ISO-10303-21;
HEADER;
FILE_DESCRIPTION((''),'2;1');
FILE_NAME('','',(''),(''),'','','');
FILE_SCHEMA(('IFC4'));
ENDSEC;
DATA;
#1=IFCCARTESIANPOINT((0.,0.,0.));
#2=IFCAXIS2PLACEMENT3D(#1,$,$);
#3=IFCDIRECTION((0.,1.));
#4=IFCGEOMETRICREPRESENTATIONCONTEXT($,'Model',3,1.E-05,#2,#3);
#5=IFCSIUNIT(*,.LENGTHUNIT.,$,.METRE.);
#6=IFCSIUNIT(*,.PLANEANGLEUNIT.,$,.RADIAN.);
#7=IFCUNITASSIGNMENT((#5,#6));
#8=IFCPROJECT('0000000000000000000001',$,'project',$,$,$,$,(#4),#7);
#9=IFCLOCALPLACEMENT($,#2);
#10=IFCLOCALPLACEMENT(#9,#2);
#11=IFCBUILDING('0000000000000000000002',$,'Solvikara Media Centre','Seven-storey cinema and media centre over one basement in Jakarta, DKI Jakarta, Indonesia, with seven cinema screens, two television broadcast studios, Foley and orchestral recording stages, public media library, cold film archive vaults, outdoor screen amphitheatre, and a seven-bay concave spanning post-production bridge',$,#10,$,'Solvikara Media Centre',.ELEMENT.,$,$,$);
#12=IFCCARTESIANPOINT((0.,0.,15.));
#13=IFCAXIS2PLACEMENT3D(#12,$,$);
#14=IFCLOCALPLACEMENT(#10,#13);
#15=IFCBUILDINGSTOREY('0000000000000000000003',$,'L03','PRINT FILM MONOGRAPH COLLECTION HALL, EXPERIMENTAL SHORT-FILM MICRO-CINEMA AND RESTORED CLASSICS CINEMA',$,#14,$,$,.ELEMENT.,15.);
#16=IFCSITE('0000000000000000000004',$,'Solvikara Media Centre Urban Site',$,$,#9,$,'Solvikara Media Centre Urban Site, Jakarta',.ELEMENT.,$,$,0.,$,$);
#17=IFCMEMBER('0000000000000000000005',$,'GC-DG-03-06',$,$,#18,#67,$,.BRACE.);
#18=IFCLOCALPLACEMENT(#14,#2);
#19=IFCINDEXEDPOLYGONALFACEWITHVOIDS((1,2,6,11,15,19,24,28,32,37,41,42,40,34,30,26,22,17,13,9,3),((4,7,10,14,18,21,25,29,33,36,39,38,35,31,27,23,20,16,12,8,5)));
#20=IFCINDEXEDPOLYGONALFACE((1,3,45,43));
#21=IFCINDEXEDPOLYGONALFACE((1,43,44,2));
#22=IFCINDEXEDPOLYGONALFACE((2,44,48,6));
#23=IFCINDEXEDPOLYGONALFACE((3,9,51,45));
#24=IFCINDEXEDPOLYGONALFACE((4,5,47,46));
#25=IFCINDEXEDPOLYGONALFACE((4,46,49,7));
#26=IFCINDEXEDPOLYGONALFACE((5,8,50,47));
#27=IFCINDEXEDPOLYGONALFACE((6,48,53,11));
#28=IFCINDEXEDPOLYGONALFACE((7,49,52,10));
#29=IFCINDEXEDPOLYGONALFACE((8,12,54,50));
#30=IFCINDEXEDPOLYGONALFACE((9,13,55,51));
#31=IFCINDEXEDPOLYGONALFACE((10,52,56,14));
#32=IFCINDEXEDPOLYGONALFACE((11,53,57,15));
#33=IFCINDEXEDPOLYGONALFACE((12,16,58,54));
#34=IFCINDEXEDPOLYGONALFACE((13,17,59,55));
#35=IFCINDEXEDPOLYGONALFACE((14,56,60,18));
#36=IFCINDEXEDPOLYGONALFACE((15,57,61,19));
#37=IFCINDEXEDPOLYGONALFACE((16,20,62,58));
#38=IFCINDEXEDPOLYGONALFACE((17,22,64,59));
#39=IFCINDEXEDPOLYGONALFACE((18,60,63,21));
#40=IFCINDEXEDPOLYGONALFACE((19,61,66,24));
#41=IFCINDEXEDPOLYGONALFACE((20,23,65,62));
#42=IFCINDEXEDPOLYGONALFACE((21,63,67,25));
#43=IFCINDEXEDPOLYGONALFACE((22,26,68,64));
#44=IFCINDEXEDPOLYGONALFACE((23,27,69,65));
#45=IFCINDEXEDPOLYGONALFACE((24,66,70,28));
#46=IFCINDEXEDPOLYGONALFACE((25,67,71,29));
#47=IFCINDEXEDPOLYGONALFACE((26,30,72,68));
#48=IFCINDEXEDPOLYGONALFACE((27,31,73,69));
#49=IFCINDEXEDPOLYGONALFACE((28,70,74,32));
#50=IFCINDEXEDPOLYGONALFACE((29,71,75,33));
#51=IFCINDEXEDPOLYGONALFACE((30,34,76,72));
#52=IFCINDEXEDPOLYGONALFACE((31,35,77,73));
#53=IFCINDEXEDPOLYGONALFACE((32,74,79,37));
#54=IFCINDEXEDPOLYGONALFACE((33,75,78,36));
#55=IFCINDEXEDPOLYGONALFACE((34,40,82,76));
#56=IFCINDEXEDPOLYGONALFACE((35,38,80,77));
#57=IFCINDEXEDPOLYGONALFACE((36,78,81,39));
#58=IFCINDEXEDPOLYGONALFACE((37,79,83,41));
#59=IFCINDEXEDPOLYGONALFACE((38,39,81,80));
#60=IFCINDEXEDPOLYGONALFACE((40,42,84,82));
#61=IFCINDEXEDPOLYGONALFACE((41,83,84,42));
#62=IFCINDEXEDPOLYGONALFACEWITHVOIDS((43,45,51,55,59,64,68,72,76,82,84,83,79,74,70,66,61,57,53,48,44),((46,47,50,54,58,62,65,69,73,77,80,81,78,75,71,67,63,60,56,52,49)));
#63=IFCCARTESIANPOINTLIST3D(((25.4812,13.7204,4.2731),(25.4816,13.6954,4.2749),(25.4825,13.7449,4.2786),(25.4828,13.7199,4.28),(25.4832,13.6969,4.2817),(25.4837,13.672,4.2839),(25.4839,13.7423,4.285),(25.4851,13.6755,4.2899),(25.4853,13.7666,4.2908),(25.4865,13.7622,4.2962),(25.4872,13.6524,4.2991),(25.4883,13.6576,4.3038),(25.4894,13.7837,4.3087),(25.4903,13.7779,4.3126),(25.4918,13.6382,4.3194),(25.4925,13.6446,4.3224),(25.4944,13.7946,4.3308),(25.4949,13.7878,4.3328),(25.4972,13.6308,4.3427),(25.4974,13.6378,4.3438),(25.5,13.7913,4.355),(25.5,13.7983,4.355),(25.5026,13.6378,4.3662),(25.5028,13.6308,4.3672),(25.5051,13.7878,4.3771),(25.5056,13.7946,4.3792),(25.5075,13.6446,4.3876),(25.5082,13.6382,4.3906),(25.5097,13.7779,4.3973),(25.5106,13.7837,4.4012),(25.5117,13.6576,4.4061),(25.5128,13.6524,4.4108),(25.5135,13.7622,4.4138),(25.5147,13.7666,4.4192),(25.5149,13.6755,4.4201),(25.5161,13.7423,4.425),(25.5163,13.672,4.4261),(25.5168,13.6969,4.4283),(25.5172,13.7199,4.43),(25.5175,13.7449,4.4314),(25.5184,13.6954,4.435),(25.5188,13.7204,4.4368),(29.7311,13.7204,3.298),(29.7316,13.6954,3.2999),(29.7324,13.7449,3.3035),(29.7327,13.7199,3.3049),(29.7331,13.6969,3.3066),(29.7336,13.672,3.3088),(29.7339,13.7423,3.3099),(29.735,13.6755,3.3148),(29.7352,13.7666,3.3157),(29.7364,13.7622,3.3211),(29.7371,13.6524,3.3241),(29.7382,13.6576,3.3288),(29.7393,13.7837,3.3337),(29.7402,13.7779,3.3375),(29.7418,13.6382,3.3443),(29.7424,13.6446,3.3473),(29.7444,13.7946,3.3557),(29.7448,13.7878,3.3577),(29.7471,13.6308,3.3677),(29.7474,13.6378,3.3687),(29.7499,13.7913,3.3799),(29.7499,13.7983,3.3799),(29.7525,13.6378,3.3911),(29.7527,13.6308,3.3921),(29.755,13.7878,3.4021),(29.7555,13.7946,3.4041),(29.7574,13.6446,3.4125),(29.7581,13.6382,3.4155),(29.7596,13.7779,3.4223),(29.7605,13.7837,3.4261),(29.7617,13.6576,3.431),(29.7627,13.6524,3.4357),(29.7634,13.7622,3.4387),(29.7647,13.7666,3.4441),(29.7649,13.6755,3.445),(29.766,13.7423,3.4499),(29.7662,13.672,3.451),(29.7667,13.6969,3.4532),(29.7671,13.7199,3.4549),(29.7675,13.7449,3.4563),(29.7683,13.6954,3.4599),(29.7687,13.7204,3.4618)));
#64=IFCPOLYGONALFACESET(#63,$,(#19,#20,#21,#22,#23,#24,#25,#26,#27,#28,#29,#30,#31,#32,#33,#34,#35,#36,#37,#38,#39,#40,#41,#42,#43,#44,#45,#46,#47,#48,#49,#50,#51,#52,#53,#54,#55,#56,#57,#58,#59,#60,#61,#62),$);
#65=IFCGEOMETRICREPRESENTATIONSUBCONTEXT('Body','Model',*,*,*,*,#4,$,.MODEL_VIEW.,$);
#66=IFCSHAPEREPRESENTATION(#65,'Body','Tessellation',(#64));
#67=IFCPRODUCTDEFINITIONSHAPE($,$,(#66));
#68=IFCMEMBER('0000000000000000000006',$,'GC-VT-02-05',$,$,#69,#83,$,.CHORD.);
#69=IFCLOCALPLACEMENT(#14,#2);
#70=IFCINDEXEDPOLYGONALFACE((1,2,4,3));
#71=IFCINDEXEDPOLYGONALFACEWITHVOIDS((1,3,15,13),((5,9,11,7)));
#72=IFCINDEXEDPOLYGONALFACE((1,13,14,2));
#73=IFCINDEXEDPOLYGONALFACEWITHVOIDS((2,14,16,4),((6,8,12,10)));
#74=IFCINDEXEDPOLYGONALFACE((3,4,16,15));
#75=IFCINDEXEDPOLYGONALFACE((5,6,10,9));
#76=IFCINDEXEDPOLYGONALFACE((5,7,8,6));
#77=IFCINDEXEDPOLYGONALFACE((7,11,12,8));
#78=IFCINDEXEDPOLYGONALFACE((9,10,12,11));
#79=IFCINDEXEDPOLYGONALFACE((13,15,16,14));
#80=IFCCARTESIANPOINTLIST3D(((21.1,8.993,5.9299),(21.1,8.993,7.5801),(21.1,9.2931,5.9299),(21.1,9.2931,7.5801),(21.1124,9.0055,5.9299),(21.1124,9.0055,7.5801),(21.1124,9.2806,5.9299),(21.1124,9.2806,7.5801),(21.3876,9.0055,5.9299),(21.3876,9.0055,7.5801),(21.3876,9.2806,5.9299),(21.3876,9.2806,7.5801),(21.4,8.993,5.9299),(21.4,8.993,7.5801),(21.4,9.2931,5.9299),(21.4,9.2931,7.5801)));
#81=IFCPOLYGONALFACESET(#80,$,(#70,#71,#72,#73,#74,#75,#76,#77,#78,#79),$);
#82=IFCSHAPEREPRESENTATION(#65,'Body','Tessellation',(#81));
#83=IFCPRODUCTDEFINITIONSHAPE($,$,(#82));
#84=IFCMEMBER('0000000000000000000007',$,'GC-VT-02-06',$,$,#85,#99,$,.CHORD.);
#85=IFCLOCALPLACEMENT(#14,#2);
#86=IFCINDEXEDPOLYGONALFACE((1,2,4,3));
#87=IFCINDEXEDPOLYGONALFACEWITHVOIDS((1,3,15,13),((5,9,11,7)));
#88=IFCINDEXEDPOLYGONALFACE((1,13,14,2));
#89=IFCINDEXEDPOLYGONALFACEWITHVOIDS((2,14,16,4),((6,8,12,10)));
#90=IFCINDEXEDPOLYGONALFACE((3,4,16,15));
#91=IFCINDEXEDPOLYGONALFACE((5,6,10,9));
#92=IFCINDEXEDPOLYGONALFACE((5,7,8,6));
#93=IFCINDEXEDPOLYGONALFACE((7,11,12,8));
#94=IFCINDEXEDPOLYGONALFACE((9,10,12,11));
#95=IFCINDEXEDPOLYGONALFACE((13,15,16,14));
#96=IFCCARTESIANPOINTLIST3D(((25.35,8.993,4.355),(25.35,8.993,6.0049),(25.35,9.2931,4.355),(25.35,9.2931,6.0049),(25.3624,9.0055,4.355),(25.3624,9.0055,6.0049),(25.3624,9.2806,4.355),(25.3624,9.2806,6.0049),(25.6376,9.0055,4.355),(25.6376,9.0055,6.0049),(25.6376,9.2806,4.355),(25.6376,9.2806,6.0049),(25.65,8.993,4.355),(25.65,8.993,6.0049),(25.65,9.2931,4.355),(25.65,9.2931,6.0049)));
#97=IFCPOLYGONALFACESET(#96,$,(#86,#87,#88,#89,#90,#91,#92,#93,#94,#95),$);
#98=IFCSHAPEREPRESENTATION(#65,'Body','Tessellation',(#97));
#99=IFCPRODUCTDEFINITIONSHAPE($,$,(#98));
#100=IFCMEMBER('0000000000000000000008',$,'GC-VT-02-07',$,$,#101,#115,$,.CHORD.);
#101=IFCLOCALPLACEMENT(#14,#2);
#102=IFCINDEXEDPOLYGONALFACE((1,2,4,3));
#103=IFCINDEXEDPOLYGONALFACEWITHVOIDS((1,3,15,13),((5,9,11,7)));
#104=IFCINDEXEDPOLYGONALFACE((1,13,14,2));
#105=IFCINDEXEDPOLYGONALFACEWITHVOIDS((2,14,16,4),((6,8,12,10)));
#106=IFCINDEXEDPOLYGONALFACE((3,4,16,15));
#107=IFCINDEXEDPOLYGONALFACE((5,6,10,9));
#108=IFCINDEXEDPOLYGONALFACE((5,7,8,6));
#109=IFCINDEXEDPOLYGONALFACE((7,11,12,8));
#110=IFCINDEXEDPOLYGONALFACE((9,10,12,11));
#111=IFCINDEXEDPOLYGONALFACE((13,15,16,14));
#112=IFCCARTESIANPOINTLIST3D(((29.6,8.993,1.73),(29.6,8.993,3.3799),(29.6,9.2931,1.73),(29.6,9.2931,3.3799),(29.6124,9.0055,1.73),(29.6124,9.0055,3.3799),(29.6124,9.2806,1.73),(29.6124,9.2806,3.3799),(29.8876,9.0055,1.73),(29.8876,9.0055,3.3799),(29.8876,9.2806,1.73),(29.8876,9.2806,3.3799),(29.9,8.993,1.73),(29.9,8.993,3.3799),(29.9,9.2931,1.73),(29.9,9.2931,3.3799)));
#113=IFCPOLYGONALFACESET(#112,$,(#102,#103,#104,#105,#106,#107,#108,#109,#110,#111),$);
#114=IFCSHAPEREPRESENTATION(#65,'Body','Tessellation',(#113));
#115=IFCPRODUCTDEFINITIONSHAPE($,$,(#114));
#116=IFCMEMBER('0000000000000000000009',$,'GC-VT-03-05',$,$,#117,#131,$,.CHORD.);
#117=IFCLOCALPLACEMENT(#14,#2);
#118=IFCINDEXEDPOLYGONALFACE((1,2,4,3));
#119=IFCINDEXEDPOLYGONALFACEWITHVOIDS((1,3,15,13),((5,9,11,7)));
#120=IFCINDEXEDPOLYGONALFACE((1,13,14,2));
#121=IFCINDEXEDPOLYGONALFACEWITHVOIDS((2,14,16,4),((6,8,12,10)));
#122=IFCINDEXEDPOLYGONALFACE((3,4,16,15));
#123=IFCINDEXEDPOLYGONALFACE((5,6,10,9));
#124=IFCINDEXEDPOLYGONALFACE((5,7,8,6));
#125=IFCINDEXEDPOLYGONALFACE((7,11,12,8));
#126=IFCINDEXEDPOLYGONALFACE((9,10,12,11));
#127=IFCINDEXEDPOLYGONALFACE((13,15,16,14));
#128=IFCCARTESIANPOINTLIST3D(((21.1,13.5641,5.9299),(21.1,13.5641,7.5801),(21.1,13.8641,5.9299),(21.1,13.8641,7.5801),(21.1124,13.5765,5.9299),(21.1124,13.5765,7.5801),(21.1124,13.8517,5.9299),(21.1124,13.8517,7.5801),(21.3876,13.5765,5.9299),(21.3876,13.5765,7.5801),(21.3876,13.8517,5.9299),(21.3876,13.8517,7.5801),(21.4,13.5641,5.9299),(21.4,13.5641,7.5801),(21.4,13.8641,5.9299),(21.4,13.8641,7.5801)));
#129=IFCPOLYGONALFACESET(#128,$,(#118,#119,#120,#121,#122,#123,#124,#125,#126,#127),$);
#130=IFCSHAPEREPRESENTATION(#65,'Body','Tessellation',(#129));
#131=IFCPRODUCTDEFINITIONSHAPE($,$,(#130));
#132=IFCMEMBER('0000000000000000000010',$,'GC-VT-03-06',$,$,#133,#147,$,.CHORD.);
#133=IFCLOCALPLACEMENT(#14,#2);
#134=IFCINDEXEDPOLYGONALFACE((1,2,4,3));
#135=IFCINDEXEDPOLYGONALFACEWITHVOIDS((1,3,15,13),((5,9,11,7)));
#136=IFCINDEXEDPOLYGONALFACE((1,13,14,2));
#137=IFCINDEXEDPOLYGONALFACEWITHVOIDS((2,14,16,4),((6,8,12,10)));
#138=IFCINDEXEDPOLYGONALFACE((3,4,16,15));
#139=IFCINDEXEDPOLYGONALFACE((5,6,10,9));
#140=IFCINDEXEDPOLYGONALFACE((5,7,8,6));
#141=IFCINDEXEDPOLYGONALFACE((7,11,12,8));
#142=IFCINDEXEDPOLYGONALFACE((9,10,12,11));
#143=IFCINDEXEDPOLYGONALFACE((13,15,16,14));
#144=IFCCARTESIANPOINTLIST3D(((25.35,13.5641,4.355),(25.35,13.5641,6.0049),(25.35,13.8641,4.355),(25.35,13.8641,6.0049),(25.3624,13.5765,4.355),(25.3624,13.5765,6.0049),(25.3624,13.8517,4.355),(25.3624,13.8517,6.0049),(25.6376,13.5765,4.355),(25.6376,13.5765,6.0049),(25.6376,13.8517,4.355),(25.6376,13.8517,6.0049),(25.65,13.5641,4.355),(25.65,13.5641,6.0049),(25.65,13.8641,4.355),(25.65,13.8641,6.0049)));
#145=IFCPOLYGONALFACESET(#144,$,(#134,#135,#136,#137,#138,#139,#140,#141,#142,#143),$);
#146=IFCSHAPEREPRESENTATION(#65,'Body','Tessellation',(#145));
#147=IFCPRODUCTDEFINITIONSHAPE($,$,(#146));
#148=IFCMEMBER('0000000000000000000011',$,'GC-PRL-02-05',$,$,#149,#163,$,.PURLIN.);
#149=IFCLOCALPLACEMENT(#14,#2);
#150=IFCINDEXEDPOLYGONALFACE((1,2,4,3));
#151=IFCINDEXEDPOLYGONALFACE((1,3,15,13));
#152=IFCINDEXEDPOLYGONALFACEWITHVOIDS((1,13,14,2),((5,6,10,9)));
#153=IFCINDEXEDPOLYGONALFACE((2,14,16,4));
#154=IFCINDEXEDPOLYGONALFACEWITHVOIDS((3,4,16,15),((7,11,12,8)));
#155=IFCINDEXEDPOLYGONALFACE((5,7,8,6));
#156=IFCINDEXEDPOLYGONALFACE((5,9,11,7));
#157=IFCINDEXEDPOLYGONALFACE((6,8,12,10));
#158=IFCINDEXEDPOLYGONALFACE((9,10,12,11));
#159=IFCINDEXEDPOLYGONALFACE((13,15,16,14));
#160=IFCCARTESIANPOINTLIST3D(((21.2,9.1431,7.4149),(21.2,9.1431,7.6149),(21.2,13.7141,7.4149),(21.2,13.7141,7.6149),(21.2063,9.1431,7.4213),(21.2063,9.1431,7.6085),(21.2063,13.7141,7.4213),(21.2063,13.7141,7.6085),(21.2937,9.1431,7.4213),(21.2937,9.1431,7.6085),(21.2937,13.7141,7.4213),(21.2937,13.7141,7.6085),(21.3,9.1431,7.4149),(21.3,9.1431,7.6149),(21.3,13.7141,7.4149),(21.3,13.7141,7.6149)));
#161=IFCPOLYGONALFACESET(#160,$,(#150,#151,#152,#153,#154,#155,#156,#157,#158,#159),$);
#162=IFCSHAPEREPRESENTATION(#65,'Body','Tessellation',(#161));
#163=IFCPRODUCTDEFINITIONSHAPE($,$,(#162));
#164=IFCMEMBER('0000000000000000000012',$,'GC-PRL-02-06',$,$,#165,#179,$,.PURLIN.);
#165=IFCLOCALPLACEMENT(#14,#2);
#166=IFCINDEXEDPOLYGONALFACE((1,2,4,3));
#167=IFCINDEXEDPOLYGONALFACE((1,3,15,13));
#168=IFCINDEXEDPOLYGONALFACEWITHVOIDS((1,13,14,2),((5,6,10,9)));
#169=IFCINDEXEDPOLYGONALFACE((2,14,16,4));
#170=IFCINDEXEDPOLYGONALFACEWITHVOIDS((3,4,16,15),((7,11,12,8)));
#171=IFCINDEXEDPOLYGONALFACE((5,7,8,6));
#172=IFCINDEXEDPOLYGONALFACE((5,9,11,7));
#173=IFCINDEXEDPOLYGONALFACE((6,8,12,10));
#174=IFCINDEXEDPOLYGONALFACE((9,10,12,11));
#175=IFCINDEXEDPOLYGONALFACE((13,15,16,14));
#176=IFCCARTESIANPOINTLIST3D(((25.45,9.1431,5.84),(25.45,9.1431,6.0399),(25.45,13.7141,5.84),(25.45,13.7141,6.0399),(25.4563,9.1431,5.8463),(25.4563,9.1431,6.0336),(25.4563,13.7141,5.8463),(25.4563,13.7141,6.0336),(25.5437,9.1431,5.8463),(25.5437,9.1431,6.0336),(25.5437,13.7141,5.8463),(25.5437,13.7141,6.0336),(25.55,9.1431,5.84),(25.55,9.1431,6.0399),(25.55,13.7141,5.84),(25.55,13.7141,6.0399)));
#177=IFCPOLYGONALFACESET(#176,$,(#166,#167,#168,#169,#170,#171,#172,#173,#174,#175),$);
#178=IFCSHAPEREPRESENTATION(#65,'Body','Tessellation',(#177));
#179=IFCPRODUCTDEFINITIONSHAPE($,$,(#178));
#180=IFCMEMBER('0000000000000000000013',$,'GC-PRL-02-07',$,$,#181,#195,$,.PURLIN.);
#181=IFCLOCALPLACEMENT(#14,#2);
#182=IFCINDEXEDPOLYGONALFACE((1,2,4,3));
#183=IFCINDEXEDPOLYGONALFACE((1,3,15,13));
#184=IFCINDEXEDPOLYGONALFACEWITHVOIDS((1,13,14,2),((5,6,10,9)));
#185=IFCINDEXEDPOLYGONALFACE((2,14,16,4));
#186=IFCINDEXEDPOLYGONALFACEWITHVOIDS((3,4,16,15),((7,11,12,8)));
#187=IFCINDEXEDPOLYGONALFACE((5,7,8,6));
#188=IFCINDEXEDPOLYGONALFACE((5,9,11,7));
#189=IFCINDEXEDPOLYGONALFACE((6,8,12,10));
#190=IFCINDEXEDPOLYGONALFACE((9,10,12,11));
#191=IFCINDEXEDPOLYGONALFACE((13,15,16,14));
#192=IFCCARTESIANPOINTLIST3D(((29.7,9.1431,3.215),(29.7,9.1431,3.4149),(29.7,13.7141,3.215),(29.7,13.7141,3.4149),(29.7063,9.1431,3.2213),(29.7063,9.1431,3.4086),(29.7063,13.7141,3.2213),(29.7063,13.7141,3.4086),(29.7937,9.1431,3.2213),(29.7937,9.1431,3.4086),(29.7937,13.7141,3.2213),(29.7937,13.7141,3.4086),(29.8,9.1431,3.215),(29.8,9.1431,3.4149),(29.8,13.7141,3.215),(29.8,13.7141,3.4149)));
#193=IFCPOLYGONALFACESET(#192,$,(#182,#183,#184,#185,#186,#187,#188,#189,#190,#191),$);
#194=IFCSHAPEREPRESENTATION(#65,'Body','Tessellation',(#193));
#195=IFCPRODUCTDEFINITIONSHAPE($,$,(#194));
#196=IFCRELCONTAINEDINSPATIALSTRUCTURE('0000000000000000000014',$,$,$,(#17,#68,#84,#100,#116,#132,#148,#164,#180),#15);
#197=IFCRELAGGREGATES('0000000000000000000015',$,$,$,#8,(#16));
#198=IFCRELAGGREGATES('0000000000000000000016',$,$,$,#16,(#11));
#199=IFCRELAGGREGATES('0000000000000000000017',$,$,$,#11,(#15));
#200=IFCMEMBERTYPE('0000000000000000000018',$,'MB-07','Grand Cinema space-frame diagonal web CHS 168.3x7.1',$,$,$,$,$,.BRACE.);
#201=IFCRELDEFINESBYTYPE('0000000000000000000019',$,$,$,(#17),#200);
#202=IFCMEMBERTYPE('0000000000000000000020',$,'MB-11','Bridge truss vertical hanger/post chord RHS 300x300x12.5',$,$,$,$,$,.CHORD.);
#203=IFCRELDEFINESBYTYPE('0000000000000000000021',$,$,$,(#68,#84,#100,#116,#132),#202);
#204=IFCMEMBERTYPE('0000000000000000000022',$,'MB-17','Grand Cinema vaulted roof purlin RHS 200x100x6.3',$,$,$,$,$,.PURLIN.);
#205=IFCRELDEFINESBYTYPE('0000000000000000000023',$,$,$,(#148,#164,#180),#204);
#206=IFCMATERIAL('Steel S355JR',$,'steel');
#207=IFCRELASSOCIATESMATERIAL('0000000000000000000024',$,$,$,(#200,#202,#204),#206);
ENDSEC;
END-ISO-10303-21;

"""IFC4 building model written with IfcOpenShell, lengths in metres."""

from ifc_helpers import new_model, si_unit, direction, frame, origin, origin_2d, place, context, subcontext, project, spatial, hollow_rectangle, hollow_circle, extrude, material, material_profile, profile_set, type_object, element, save


model = new_model("IFC4")

# Units and contexts
model_context = context("Model", 3, precision=1e-05, world=origin(), true_north=direction((0.0, 1.0)))
body_context = subcontext(model_context, "Body", "Model", "MODEL_VIEW")
ifc_project = project(units=[si_unit("LENGTHUNIT", "METRE"), si_unit("PLANEANGLEUNIT", "RADIAN")], contexts=[model_context])

# Site, building, storey
site_placement = place(None, origin())
site = spatial("IfcSite", under=ifc_project, at=site_placement, Name="Solvikara Media Centre Urban Site", LongName="Solvikara Media Centre Urban Site, Jakarta", CompositionType="ELEMENT", RefElevation=0.0)
building_placement = place(site_placement, origin())
building = spatial("IfcBuilding", under=site, at=building_placement, Name="Solvikara Media Centre", Description="Seven-storey cinema and media centre over one basement in Jakarta, DKI Jakarta, Indonesia, with seven cinema screens, two television broadcast studios, Foley and orchestral recording stages, public media library, cold film archive vaults, outdoor screen amphitheatre, and a seven-bay concave spanning post-production bridge", LongName="Solvikara Media Centre", CompositionType="ELEMENT")
storey_placement = place(building_placement, frame((0.0, 0.0, 15.0)))
storey = spatial("IfcBuildingStorey", under=building, at=storey_placement, Name="L03", Description="PRINT FILM MONOGRAPH COLLECTION HALL, EXPERIMENTAL SHORT-FILM MICRO-CINEMA AND RESTORED CLASSICS CINEMA", CompositionType="ELEMENT", Elevation=15.0)

# Members
ifc_material_1 = material(Name="Steel S355JR", Category="steel")
ifc_material_profile_1 = material_profile(ifc_material_1, hollow_circle(Radius=0.0842, WallThickness=0.0071, at=origin_2d()), Name="CHS 168.3x7.1")
ifc_profile_set_1 = profile_set([ifc_material_profile_1], Name="Steel S355JR")
member_type_1 = type_object("IfcMemberType", Name="MB-07", Description="Grand Cinema space-frame diagonal web CHS 168.3x7.1", PredefinedType="BRACE", material=ifc_profile_set_1)
member_1_placement = place(storey_placement, frame((25.5, 13.7141, 4.355), z_axis=(0.974675, 0.0, -0.223624), x_axis=(0.0, 1.0, 0.0)))
element("IfcMember", 1, at=member_1_placement, inside=storey, type_object=member_type_1, Name="GC-DG-03-06", PredefinedType="BRACE", context=body_context, shape_type="SweptSolid", body=[
    extrude(hollow_circle(Radius=0.0842, WallThickness=0.0071, at=origin_2d()), origin(), (0.0, 0.0, 1.0), 4.3604),
])
ifc_material_profile_2 = material_profile(ifc_material_1, hollow_rectangle(XDim=0.3, YDim=0.3, WallThickness=0.0125, at=origin_2d()), Name="RHS 300x300x12.5")
ifc_profile_set_2 = profile_set([ifc_material_profile_2], Name="Steel S355JR")
member_type_2 = type_object("IfcMemberType", Name="MB-11", Description="Bridge truss vertical hanger/post chord RHS 300x300x12.5", PredefinedType="CHORD", material=ifc_profile_set_2)
member_2_placement = place(storey_placement, frame((21.25, 9.1431, 5.9299), z_axis=(0.0, 0.0, 1.0), x_axis=(1.0, 0.0, 0.0)))
element("IfcMember", 2, at=member_2_placement, inside=storey, type_object=member_type_2, Name="GC-VT-02-05", PredefinedType="CHORD", context=body_context, shape_type="SweptSolid", body=[
    extrude(hollow_rectangle(XDim=0.3, YDim=0.3, WallThickness=0.0125, at=origin_2d()), origin(), (0.0, 0.0, 1.0), 1.6501),
])
for number, where, z_axis, x_axis, name in (
    (3, (25.5, 9.1431, 4.355), (0.0, 0.0, 1.0), (1.0, 0.0, 0.0), "GC-VT-02-06"),
    (4, (29.75, 9.1431, 1.73), (0.0, 0.0, 1.0), (1.0, 0.0, 0.0), "GC-VT-02-07"),
):
    element("IfcMember", number, at=place(storey_placement, frame(where, z_axis=z_axis, x_axis=x_axis)), inside=storey, type_object=member_type_2, Name=name, PredefinedType="CHORD", context=body_context, shape_type="SweptSolid", body=[
        extrude(hollow_rectangle(XDim=0.3, YDim=0.3, WallThickness=0.0125, at=origin_2d()), origin(), (0.0, 0.0, 1.0), 1.6499),
    ])
member_3_placement = place(storey_placement, frame((21.25, 13.7141, 5.9299), z_axis=(0.0, 0.0, 1.0), x_axis=(1.0, 0.0, 0.0)))
element("IfcMember", 5, at=member_3_placement, inside=storey, type_object=member_type_2, Name="GC-VT-03-05", PredefinedType="CHORD", context=body_context, shape_type="SweptSolid", body=[
    extrude(hollow_rectangle(XDim=0.3, YDim=0.3, WallThickness=0.0125, at=origin_2d()), origin(), (0.0, 0.0, 1.0), 1.6501),
])
member_4_placement = place(storey_placement, frame((25.5, 13.7141, 4.355), z_axis=(0.0, 0.0, 1.0), x_axis=(1.0, 0.0, 0.0)))
element("IfcMember", 6, at=member_4_placement, inside=storey, type_object=member_type_2, Name="GC-VT-03-06", PredefinedType="CHORD", context=body_context, shape_type="SweptSolid", body=[
    extrude(hollow_rectangle(XDim=0.3, YDim=0.3, WallThickness=0.0125, at=origin_2d()), origin(), (0.0, 0.0, 1.0), 1.6499),
])
ifc_material_profile_3 = material_profile(ifc_material_1, hollow_rectangle(XDim=0.1001, YDim=0.2, WallThickness=0.0063, at=origin_2d()), Name="RHS 200x100x6.3")
ifc_profile_set_3 = profile_set([ifc_material_profile_3], Name="Steel S355JR")
member_type_3 = type_object("IfcMemberType", Name="MB-17", Description="Grand Cinema vaulted roof purlin RHS 200x100x6.3", PredefinedType="PURLIN", material=ifc_profile_set_3)
for number, where, z_axis, x_axis, name in (
    (7, (21.25, 9.1431, 7.5149), (0.0, 1.0, 0.0), (-1.0, 0.0, 0.0), "GC-PRL-02-05"),
    (8, (25.5, 9.1431, 5.9399), (0.0, 1.0, 0.0), (-1.0, 0.0, 0.0), "GC-PRL-02-06"),
    (9, (29.75, 9.1431, 3.3149), (0.0, 1.0, 0.0), (-1.0, 0.0, 0.0), "GC-PRL-02-07"),
):
    element("IfcMember", number, at=place(storey_placement, frame(where, z_axis=z_axis, x_axis=x_axis)), inside=storey, type_object=member_type_3, Name=name, PredefinedType="PURLIN", context=body_context, shape_type="SweptSolid", body=[
        extrude(hollow_rectangle(XDim=0.1001, YDim=0.2, WallThickness=0.0063, at=origin_2d()), origin(), (0.0, 0.0, 1.0), 4.571),
    ])

save(model, "model.ifc")
